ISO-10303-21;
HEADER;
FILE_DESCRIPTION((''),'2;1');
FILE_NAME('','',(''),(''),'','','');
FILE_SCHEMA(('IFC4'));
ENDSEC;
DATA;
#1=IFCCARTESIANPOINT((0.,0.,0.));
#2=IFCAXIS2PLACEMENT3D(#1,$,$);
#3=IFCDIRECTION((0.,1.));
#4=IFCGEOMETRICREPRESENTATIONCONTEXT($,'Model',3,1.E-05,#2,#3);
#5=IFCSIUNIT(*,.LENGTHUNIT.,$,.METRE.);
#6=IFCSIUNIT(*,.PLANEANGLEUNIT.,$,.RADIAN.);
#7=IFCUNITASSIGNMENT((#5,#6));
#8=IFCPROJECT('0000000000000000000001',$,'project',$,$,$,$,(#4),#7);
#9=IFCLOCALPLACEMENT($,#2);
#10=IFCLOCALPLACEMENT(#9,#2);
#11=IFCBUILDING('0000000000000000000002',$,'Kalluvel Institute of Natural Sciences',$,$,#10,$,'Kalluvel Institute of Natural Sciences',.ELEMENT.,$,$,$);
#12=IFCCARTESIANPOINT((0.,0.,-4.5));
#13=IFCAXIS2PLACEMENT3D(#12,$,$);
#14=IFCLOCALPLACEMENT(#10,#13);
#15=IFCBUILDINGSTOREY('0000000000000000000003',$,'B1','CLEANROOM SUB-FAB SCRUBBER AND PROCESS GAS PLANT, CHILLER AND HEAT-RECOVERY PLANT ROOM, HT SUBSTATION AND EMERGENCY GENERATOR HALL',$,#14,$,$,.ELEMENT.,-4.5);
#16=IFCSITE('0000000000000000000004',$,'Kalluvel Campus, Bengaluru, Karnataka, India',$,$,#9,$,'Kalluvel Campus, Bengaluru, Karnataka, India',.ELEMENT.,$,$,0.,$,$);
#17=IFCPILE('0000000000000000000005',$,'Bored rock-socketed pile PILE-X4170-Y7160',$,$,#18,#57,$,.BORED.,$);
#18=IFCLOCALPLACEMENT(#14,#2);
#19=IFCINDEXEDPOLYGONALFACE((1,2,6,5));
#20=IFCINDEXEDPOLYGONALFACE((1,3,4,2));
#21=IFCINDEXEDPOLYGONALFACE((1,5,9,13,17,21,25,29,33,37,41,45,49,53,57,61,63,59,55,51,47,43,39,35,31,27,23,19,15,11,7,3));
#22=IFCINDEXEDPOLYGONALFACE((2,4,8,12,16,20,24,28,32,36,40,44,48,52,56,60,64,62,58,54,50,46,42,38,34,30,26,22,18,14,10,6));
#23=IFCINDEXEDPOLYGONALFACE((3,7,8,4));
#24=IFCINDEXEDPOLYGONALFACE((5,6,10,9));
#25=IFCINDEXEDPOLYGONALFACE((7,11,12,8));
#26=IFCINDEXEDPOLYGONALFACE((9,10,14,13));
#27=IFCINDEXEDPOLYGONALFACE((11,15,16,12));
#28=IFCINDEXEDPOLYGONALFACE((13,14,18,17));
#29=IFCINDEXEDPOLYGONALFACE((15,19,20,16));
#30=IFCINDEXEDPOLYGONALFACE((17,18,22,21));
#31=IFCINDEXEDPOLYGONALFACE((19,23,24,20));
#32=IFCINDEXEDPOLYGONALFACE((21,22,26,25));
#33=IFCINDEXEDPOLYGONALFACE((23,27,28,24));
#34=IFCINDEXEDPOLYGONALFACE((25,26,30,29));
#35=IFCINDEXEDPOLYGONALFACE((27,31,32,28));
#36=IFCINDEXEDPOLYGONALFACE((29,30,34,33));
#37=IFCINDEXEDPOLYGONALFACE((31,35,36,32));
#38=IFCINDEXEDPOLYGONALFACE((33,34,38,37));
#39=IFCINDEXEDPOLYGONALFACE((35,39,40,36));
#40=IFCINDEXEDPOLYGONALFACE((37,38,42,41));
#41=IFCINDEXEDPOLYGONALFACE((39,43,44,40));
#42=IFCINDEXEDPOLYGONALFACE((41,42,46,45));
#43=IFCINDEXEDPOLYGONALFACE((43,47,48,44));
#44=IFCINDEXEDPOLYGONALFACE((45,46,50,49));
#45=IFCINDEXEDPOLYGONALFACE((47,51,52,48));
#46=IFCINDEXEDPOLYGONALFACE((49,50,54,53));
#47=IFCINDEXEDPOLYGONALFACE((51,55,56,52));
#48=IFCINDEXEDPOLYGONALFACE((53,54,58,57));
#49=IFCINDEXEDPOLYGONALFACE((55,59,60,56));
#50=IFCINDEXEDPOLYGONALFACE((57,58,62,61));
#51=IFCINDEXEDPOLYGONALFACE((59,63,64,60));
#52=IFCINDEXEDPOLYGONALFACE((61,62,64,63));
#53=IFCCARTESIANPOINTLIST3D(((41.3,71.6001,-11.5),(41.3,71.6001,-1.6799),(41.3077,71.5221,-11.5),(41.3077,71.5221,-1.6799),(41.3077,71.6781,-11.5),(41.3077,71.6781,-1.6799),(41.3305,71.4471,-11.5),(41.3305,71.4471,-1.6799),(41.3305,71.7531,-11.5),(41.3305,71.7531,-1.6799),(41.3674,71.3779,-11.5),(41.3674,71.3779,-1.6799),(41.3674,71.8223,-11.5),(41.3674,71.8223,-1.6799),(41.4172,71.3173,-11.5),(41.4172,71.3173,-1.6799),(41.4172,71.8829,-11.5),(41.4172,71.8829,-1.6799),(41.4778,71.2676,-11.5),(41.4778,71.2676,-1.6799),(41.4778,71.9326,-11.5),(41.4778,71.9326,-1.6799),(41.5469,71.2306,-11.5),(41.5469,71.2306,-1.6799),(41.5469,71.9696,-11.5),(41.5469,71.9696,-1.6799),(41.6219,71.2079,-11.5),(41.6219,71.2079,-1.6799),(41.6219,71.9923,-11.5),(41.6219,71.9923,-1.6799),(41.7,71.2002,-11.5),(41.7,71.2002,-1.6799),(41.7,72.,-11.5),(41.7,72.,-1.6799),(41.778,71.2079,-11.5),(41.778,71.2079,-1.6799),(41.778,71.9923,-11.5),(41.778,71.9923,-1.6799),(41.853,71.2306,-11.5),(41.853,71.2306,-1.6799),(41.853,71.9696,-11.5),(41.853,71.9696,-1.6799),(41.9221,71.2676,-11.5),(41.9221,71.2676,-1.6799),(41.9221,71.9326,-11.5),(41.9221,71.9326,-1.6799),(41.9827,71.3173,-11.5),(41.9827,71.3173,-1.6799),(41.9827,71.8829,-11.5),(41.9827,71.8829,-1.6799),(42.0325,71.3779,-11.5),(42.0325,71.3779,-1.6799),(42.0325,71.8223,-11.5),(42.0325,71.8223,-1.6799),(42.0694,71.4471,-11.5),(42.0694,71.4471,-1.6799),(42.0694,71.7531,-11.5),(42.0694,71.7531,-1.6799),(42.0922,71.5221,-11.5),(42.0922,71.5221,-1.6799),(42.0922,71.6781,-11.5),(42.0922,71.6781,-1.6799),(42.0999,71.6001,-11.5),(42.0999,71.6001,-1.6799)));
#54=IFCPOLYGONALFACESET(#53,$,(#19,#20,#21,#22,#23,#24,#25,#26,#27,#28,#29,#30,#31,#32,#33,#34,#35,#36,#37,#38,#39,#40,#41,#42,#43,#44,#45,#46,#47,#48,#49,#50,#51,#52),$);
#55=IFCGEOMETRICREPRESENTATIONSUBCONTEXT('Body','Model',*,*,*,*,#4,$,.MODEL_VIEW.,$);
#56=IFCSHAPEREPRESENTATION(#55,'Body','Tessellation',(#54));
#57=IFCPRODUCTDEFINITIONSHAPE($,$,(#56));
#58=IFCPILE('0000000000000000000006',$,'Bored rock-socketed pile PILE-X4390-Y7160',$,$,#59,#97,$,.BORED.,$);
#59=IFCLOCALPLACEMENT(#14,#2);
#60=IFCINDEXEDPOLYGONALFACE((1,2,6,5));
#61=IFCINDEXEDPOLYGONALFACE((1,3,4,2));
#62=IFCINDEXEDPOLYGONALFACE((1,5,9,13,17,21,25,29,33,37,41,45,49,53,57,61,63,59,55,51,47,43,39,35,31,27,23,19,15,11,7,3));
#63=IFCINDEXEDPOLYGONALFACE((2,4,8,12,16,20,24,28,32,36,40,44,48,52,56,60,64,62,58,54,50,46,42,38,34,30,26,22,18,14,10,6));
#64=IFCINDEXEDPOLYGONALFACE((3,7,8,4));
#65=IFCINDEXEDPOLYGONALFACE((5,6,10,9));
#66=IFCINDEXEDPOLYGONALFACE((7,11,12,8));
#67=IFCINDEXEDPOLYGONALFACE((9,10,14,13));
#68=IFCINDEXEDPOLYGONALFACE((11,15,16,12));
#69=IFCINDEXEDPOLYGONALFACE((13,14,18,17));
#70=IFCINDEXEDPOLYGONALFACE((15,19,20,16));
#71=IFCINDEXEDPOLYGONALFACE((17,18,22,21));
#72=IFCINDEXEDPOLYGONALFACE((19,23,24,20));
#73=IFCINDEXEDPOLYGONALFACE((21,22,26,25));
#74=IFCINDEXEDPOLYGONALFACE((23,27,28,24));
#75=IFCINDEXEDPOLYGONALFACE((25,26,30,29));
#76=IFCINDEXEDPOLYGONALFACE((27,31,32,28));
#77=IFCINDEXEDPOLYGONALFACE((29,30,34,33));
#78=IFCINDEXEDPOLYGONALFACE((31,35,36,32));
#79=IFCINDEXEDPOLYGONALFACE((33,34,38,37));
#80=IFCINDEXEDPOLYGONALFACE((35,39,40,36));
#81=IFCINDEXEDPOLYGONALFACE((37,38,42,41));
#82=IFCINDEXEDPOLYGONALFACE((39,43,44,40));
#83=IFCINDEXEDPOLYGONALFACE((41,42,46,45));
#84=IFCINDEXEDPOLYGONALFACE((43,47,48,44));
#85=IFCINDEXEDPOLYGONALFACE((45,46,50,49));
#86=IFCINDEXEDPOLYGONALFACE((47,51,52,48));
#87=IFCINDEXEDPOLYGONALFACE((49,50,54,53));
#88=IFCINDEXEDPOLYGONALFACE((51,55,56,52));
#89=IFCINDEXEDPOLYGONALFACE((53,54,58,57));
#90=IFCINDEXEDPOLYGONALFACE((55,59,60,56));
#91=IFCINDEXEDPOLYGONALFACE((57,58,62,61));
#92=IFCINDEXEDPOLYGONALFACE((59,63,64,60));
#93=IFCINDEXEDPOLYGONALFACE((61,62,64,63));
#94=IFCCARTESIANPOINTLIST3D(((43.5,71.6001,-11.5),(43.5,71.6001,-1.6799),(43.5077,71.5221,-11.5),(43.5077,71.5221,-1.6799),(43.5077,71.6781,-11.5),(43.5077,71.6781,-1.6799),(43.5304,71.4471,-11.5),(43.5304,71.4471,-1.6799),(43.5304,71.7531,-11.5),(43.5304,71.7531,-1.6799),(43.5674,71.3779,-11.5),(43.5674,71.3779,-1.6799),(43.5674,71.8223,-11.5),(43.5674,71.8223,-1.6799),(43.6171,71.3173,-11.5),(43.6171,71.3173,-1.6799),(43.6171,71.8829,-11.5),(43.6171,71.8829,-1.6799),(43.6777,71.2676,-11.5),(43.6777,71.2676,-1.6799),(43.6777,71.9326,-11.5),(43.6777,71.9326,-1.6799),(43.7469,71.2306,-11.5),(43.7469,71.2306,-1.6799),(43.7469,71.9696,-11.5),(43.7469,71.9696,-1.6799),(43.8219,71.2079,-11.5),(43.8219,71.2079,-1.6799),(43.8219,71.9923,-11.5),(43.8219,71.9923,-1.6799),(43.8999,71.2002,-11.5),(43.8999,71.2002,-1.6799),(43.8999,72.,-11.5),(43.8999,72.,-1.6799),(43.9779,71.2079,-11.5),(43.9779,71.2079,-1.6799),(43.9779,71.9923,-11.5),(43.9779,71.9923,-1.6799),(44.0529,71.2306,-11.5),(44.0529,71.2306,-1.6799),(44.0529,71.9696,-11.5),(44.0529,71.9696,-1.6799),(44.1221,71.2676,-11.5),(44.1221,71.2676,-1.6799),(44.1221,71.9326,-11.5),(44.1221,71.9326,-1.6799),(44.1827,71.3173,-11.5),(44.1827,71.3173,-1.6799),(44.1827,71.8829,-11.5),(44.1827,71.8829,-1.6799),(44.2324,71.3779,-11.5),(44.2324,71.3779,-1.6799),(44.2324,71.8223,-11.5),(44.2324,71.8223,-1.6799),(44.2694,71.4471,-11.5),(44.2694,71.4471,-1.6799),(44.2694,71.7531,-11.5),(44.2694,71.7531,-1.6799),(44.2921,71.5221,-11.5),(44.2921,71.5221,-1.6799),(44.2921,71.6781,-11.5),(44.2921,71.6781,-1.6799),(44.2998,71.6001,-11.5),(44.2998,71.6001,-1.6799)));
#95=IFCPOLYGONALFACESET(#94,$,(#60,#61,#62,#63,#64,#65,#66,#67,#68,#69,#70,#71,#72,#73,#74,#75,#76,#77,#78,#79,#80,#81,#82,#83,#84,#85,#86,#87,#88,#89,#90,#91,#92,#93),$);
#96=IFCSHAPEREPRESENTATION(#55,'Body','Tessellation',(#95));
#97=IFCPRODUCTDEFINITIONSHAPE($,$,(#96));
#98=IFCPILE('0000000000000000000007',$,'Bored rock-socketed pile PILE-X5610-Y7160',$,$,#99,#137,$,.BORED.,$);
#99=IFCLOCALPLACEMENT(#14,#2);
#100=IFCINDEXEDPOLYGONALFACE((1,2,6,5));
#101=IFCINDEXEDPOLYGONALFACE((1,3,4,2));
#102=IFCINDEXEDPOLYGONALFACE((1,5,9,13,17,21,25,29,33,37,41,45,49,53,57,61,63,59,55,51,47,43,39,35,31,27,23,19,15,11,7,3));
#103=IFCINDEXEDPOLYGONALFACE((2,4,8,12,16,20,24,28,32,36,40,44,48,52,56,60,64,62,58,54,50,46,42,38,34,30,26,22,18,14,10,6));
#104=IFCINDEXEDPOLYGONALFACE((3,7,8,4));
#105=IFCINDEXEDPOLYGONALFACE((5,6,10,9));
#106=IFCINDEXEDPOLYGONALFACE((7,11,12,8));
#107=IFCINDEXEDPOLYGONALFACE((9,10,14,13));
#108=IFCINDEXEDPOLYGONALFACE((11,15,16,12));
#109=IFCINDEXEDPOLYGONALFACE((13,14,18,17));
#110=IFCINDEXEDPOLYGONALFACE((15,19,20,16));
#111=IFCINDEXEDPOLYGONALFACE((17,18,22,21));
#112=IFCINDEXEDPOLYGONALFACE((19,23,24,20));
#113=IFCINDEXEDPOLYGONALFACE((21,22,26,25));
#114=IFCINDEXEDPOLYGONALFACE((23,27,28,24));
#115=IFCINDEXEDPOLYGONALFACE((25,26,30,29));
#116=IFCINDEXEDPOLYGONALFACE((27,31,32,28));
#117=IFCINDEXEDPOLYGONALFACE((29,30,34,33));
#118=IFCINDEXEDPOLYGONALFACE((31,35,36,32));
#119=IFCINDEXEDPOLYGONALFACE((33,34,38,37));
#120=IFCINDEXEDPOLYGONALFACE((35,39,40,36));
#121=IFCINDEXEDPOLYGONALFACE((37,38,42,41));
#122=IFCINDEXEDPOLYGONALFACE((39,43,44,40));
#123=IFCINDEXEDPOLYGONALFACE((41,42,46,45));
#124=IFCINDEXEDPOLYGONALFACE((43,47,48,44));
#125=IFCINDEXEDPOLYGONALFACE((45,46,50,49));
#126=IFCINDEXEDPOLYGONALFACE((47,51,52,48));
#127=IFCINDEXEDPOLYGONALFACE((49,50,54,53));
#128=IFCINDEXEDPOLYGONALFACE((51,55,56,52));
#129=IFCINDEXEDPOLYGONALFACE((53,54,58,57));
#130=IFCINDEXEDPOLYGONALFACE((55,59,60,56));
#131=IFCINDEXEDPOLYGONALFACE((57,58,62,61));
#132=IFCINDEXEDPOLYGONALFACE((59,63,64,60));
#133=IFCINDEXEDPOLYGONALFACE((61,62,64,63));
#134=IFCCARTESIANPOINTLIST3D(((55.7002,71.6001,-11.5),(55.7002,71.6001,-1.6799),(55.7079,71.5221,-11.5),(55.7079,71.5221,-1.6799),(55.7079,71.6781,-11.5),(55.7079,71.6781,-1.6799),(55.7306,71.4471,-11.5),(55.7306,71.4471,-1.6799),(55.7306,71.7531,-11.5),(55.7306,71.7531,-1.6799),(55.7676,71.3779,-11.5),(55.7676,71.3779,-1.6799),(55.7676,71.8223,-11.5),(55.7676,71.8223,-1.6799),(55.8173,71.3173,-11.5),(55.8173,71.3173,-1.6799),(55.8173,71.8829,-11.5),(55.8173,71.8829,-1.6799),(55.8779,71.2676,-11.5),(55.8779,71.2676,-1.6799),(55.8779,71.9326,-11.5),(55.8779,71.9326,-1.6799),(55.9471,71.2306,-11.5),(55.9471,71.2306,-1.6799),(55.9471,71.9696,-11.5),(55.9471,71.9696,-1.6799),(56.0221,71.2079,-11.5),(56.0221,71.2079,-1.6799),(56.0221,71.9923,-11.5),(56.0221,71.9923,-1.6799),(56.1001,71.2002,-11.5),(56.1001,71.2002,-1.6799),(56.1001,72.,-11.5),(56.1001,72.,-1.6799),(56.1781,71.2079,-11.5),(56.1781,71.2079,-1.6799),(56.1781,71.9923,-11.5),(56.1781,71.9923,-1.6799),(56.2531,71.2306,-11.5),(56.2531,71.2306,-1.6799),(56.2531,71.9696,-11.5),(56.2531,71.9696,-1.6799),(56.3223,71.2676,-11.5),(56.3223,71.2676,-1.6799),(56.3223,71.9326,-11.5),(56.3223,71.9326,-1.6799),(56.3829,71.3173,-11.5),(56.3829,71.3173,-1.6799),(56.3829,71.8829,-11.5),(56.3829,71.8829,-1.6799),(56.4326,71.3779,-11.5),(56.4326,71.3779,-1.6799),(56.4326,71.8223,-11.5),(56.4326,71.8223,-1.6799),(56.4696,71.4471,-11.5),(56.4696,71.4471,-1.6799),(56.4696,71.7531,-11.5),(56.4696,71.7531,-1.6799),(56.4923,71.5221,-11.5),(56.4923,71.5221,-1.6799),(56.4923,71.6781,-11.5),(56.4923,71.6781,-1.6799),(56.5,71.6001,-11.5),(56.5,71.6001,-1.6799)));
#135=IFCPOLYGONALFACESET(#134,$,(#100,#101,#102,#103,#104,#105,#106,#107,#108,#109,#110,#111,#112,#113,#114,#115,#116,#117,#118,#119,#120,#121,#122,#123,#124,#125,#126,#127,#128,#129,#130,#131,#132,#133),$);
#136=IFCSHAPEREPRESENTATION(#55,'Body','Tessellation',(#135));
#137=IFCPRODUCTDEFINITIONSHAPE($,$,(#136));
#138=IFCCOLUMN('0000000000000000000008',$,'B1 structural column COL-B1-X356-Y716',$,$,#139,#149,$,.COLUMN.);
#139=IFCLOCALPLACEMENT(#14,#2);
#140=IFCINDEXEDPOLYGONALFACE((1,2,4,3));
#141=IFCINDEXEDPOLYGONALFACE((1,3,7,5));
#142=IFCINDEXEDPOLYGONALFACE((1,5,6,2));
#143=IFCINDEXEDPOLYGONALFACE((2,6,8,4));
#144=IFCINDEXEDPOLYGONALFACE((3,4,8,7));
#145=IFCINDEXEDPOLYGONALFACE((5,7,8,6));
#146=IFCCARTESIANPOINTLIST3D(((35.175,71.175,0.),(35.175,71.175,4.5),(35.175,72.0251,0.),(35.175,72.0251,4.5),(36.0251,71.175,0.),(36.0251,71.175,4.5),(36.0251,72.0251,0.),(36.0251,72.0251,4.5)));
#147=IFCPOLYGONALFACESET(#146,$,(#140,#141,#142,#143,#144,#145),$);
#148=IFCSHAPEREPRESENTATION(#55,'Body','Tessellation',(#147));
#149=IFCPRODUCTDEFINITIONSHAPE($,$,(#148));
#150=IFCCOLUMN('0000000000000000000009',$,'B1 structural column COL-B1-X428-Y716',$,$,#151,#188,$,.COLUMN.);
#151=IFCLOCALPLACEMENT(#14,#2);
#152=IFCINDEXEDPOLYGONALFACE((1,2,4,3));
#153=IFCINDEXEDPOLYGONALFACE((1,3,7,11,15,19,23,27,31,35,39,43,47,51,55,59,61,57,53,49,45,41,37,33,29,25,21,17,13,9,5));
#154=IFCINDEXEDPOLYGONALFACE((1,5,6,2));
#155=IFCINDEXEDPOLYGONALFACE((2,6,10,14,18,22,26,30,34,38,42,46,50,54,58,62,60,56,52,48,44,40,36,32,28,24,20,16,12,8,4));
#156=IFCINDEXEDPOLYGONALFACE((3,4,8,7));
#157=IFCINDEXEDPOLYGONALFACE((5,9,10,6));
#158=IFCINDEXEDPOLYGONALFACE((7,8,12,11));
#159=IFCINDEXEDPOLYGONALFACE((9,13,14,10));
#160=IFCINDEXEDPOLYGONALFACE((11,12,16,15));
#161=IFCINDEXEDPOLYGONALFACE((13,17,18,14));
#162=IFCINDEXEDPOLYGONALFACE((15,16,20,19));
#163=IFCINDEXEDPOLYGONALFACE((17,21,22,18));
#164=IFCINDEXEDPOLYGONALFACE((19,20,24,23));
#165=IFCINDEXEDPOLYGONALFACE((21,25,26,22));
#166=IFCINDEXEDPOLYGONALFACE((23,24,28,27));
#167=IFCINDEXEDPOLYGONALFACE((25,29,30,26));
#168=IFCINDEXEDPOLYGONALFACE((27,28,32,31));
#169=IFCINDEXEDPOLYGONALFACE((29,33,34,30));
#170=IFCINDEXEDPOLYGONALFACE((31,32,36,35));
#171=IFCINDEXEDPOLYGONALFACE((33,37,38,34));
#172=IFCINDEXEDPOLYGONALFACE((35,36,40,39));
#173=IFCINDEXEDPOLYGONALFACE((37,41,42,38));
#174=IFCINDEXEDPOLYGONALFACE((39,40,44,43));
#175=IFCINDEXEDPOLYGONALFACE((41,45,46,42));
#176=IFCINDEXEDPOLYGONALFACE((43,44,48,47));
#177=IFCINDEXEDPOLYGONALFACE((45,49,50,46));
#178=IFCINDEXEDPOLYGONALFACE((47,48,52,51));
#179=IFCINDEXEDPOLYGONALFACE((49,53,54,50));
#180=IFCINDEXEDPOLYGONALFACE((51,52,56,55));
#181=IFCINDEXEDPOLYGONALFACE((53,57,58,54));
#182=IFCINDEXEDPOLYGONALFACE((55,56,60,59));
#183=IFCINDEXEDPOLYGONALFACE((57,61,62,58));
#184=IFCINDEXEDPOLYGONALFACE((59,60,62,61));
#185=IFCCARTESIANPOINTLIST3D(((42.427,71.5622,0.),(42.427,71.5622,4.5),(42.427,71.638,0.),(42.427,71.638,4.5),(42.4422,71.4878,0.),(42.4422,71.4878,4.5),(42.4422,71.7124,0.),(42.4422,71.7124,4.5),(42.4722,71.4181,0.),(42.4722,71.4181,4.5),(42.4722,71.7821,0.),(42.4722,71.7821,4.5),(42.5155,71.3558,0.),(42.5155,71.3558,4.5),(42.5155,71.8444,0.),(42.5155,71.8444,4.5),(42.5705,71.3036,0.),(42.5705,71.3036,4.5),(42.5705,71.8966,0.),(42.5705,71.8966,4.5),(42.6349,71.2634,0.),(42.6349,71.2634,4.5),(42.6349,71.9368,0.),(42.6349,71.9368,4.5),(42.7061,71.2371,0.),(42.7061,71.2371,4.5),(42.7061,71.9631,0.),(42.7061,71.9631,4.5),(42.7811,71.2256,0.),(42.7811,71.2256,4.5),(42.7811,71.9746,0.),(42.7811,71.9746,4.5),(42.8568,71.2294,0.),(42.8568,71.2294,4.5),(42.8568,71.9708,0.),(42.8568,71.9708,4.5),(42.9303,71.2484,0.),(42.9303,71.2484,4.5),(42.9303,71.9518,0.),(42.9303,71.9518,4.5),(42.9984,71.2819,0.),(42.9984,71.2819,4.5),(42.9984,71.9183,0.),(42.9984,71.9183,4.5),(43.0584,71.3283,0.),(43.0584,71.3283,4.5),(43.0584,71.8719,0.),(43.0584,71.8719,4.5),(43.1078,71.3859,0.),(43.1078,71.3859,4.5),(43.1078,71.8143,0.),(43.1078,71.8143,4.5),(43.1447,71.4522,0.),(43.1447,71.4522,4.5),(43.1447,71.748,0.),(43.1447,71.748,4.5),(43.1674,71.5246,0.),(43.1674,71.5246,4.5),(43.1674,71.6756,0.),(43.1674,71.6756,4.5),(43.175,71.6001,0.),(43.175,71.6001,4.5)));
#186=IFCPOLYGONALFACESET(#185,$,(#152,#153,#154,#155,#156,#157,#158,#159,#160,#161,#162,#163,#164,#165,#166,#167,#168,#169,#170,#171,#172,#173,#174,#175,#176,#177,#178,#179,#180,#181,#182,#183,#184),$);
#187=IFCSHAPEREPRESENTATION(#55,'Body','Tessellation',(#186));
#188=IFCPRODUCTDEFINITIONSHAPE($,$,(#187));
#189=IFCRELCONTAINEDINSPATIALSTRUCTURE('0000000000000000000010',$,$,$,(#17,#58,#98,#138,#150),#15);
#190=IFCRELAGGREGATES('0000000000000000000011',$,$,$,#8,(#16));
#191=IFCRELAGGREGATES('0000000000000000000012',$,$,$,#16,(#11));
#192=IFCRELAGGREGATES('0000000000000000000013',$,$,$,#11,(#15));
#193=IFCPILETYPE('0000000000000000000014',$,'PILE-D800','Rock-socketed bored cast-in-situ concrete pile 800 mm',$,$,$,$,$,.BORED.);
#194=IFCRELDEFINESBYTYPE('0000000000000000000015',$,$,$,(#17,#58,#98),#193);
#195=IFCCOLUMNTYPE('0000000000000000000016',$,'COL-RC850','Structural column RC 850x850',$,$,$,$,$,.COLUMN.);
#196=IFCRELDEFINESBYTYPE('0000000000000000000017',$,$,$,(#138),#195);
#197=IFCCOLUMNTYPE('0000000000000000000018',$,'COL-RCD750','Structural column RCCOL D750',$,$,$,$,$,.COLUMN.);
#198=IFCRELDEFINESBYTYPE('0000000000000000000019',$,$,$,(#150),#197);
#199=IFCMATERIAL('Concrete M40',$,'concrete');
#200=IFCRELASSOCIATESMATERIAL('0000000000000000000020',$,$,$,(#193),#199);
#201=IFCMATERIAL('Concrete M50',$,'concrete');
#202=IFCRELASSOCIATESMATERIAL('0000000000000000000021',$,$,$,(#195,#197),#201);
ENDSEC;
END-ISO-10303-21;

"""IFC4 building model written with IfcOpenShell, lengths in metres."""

from ifc_helpers import new_model, si_unit, direction, frame, origin, origin_2d, place, context, subcontext, project, spatial, rectangle, circle, extrude, material, material_profile, profile_set, type_object, element, save


model = new_model("IFC4")

# Units and contexts
model_context = context("Model", 3, precision=1e-05, world=origin(), true_north=direction((0.0, 1.0)))
body_context = subcontext(model_context, "Body", "Model", "MODEL_VIEW")
ifc_project = project(units=[si_unit("LENGTHUNIT", "METRE"), si_unit("PLANEANGLEUNIT", "RADIAN")], contexts=[model_context])

# Site, building, storey
site_placement = place(None, origin())
site = spatial("IfcSite", under=ifc_project, at=site_placement, Name="Kalluvel Campus, Bengaluru, Karnataka, India", LongName="Kalluvel Campus, Bengaluru, Karnataka, India", CompositionType="ELEMENT", RefElevation=0.0)
building_placement = place(site_placement, origin())
building = spatial("IfcBuilding", under=site, at=building_placement, Name="Kalluvel Institute of Natural Sciences", LongName="Kalluvel Institute of Natural Sciences", CompositionType="ELEMENT")
storey_placement = place(building_placement, frame((0.0, 0.0, -4.5)))
storey = spatial("IfcBuildingStorey", under=building, at=storey_placement, Name="B1", Description="CLEANROOM SUB-FAB SCRUBBER AND PROCESS GAS PLANT, CHILLER AND HEAT-RECOVERY PLANT ROOM, HT SUBSTATION AND EMERGENCY GENERATOR HALL", CompositionType="ELEMENT", Elevation=-4.5)

# Shared definitions
ifc_material_1 = material(Name="Concrete M40", Category="concrete")

# Piles
ifc_material_profile_1 = material_profile(ifc_material_1, circle(Radius=0.3999, at=origin_2d()), Name="PILE D800")
ifc_profile_set_1 = profile_set([ifc_material_profile_1], Name="Concrete M40")
pile_type_1 = type_object("IfcPileType", Name="PILE-D800", Description="Rock-socketed bored cast-in-situ concrete pile 800 mm", PredefinedType="BORED", material=ifc_profile_set_1)
for number, where, z_axis, x_axis, name in (
    (1, (41.7, 71.6001, -1.6799), (0.0, 0.0, -1.0), (1.0, 0.0, 0.0), "Bored rock-socketed pile PILE-X4170-Y7160"),
    (2, (43.8999, 71.6001, -1.6799), (0.0, 0.0, -1.0), (1.0, 0.0, 0.0), "Bored rock-socketed pile PILE-X4390-Y7160"),
    (3, (56.1001, 71.6001, -1.6799), (0.0, 0.0, -1.0), (1.0, 0.0, 0.0), "Bored rock-socketed pile PILE-X5610-Y7160"),
):
    element("IfcPile", number, at=place(storey_placement, frame(where, z_axis=z_axis, x_axis=x_axis)), inside=storey, type_object=pile_type_1, Name=name, PredefinedType="BORED", context=body_context, shape_type="SweptSolid", body=[
        extrude(circle(Radius=0.3999, at=origin_2d()), origin(), (0.0, 0.0, 1.0), 9.8201),
    ])

# Columns
ifc_material_2 = material(Name="Concrete M50", Category="concrete")
ifc_material_profile_2 = material_profile(ifc_material_2, rectangle(XDim=0.8501, YDim=0.8501, at=origin_2d()), Name="RC 850x850")
ifc_profile_set_2 = profile_set([ifc_material_profile_2], Name="Concrete M50")
column_type_1 = type_object("IfcColumnType", Name="COL-RC850", Description="Structural column RC 850x850", PredefinedType="COLUMN", material=ifc_profile_set_2)
column_placement = place(storey_placement, frame((35.6001, 71.6001, 0.0), z_axis=(0.0, 0.0, 1.0), x_axis=(1.0, 0.0, 0.0)))
element("IfcColumn", 4, at=column_placement, inside=storey, type_object=column_type_1, Name="B1 structural column COL-B1-X356-Y716", PredefinedType="COLUMN", context=body_context, shape_type="SweptSolid", body=[
    extrude(rectangle(XDim=0.8501, YDim=0.8501, at=origin_2d()), origin(), (0.0, 0.0, 1.0), 4.5),
])
ifc_material_profile_3 = material_profile(ifc_material_2, circle(Radius=0.375, at=origin_2d()), Name="RCCOL D750")
ifc_profile_set_3 = profile_set([ifc_material_profile_3], Name="Concrete M50")
column_type_2 = type_object("IfcColumnType", Name="COL-RCD750", Description="Structural column RCCOL D750", PredefinedType="COLUMN", material=ifc_profile_set_3)
for number, where, z_axis, x_axis, name in (
    (5, (42.8, 71.6001, 0.0), (0.0, 0.0, 1.0), (1.0, 0.0, 0.0), "B1 structural column COL-B1-X428-Y716"),
):
    element("IfcColumn", number, at=place(storey_placement, frame(where, z_axis=z_axis, x_axis=x_axis)), inside=storey, type_object=column_type_2, Name=name, PredefinedType="COLUMN", context=body_context, shape_type="SweptSolid", body=[
        extrude(circle(Radius=0.375, at=origin_2d()), origin(), (0.0, 0.0, 1.0), 4.5),
    ])

save(model, "model.ifc")
